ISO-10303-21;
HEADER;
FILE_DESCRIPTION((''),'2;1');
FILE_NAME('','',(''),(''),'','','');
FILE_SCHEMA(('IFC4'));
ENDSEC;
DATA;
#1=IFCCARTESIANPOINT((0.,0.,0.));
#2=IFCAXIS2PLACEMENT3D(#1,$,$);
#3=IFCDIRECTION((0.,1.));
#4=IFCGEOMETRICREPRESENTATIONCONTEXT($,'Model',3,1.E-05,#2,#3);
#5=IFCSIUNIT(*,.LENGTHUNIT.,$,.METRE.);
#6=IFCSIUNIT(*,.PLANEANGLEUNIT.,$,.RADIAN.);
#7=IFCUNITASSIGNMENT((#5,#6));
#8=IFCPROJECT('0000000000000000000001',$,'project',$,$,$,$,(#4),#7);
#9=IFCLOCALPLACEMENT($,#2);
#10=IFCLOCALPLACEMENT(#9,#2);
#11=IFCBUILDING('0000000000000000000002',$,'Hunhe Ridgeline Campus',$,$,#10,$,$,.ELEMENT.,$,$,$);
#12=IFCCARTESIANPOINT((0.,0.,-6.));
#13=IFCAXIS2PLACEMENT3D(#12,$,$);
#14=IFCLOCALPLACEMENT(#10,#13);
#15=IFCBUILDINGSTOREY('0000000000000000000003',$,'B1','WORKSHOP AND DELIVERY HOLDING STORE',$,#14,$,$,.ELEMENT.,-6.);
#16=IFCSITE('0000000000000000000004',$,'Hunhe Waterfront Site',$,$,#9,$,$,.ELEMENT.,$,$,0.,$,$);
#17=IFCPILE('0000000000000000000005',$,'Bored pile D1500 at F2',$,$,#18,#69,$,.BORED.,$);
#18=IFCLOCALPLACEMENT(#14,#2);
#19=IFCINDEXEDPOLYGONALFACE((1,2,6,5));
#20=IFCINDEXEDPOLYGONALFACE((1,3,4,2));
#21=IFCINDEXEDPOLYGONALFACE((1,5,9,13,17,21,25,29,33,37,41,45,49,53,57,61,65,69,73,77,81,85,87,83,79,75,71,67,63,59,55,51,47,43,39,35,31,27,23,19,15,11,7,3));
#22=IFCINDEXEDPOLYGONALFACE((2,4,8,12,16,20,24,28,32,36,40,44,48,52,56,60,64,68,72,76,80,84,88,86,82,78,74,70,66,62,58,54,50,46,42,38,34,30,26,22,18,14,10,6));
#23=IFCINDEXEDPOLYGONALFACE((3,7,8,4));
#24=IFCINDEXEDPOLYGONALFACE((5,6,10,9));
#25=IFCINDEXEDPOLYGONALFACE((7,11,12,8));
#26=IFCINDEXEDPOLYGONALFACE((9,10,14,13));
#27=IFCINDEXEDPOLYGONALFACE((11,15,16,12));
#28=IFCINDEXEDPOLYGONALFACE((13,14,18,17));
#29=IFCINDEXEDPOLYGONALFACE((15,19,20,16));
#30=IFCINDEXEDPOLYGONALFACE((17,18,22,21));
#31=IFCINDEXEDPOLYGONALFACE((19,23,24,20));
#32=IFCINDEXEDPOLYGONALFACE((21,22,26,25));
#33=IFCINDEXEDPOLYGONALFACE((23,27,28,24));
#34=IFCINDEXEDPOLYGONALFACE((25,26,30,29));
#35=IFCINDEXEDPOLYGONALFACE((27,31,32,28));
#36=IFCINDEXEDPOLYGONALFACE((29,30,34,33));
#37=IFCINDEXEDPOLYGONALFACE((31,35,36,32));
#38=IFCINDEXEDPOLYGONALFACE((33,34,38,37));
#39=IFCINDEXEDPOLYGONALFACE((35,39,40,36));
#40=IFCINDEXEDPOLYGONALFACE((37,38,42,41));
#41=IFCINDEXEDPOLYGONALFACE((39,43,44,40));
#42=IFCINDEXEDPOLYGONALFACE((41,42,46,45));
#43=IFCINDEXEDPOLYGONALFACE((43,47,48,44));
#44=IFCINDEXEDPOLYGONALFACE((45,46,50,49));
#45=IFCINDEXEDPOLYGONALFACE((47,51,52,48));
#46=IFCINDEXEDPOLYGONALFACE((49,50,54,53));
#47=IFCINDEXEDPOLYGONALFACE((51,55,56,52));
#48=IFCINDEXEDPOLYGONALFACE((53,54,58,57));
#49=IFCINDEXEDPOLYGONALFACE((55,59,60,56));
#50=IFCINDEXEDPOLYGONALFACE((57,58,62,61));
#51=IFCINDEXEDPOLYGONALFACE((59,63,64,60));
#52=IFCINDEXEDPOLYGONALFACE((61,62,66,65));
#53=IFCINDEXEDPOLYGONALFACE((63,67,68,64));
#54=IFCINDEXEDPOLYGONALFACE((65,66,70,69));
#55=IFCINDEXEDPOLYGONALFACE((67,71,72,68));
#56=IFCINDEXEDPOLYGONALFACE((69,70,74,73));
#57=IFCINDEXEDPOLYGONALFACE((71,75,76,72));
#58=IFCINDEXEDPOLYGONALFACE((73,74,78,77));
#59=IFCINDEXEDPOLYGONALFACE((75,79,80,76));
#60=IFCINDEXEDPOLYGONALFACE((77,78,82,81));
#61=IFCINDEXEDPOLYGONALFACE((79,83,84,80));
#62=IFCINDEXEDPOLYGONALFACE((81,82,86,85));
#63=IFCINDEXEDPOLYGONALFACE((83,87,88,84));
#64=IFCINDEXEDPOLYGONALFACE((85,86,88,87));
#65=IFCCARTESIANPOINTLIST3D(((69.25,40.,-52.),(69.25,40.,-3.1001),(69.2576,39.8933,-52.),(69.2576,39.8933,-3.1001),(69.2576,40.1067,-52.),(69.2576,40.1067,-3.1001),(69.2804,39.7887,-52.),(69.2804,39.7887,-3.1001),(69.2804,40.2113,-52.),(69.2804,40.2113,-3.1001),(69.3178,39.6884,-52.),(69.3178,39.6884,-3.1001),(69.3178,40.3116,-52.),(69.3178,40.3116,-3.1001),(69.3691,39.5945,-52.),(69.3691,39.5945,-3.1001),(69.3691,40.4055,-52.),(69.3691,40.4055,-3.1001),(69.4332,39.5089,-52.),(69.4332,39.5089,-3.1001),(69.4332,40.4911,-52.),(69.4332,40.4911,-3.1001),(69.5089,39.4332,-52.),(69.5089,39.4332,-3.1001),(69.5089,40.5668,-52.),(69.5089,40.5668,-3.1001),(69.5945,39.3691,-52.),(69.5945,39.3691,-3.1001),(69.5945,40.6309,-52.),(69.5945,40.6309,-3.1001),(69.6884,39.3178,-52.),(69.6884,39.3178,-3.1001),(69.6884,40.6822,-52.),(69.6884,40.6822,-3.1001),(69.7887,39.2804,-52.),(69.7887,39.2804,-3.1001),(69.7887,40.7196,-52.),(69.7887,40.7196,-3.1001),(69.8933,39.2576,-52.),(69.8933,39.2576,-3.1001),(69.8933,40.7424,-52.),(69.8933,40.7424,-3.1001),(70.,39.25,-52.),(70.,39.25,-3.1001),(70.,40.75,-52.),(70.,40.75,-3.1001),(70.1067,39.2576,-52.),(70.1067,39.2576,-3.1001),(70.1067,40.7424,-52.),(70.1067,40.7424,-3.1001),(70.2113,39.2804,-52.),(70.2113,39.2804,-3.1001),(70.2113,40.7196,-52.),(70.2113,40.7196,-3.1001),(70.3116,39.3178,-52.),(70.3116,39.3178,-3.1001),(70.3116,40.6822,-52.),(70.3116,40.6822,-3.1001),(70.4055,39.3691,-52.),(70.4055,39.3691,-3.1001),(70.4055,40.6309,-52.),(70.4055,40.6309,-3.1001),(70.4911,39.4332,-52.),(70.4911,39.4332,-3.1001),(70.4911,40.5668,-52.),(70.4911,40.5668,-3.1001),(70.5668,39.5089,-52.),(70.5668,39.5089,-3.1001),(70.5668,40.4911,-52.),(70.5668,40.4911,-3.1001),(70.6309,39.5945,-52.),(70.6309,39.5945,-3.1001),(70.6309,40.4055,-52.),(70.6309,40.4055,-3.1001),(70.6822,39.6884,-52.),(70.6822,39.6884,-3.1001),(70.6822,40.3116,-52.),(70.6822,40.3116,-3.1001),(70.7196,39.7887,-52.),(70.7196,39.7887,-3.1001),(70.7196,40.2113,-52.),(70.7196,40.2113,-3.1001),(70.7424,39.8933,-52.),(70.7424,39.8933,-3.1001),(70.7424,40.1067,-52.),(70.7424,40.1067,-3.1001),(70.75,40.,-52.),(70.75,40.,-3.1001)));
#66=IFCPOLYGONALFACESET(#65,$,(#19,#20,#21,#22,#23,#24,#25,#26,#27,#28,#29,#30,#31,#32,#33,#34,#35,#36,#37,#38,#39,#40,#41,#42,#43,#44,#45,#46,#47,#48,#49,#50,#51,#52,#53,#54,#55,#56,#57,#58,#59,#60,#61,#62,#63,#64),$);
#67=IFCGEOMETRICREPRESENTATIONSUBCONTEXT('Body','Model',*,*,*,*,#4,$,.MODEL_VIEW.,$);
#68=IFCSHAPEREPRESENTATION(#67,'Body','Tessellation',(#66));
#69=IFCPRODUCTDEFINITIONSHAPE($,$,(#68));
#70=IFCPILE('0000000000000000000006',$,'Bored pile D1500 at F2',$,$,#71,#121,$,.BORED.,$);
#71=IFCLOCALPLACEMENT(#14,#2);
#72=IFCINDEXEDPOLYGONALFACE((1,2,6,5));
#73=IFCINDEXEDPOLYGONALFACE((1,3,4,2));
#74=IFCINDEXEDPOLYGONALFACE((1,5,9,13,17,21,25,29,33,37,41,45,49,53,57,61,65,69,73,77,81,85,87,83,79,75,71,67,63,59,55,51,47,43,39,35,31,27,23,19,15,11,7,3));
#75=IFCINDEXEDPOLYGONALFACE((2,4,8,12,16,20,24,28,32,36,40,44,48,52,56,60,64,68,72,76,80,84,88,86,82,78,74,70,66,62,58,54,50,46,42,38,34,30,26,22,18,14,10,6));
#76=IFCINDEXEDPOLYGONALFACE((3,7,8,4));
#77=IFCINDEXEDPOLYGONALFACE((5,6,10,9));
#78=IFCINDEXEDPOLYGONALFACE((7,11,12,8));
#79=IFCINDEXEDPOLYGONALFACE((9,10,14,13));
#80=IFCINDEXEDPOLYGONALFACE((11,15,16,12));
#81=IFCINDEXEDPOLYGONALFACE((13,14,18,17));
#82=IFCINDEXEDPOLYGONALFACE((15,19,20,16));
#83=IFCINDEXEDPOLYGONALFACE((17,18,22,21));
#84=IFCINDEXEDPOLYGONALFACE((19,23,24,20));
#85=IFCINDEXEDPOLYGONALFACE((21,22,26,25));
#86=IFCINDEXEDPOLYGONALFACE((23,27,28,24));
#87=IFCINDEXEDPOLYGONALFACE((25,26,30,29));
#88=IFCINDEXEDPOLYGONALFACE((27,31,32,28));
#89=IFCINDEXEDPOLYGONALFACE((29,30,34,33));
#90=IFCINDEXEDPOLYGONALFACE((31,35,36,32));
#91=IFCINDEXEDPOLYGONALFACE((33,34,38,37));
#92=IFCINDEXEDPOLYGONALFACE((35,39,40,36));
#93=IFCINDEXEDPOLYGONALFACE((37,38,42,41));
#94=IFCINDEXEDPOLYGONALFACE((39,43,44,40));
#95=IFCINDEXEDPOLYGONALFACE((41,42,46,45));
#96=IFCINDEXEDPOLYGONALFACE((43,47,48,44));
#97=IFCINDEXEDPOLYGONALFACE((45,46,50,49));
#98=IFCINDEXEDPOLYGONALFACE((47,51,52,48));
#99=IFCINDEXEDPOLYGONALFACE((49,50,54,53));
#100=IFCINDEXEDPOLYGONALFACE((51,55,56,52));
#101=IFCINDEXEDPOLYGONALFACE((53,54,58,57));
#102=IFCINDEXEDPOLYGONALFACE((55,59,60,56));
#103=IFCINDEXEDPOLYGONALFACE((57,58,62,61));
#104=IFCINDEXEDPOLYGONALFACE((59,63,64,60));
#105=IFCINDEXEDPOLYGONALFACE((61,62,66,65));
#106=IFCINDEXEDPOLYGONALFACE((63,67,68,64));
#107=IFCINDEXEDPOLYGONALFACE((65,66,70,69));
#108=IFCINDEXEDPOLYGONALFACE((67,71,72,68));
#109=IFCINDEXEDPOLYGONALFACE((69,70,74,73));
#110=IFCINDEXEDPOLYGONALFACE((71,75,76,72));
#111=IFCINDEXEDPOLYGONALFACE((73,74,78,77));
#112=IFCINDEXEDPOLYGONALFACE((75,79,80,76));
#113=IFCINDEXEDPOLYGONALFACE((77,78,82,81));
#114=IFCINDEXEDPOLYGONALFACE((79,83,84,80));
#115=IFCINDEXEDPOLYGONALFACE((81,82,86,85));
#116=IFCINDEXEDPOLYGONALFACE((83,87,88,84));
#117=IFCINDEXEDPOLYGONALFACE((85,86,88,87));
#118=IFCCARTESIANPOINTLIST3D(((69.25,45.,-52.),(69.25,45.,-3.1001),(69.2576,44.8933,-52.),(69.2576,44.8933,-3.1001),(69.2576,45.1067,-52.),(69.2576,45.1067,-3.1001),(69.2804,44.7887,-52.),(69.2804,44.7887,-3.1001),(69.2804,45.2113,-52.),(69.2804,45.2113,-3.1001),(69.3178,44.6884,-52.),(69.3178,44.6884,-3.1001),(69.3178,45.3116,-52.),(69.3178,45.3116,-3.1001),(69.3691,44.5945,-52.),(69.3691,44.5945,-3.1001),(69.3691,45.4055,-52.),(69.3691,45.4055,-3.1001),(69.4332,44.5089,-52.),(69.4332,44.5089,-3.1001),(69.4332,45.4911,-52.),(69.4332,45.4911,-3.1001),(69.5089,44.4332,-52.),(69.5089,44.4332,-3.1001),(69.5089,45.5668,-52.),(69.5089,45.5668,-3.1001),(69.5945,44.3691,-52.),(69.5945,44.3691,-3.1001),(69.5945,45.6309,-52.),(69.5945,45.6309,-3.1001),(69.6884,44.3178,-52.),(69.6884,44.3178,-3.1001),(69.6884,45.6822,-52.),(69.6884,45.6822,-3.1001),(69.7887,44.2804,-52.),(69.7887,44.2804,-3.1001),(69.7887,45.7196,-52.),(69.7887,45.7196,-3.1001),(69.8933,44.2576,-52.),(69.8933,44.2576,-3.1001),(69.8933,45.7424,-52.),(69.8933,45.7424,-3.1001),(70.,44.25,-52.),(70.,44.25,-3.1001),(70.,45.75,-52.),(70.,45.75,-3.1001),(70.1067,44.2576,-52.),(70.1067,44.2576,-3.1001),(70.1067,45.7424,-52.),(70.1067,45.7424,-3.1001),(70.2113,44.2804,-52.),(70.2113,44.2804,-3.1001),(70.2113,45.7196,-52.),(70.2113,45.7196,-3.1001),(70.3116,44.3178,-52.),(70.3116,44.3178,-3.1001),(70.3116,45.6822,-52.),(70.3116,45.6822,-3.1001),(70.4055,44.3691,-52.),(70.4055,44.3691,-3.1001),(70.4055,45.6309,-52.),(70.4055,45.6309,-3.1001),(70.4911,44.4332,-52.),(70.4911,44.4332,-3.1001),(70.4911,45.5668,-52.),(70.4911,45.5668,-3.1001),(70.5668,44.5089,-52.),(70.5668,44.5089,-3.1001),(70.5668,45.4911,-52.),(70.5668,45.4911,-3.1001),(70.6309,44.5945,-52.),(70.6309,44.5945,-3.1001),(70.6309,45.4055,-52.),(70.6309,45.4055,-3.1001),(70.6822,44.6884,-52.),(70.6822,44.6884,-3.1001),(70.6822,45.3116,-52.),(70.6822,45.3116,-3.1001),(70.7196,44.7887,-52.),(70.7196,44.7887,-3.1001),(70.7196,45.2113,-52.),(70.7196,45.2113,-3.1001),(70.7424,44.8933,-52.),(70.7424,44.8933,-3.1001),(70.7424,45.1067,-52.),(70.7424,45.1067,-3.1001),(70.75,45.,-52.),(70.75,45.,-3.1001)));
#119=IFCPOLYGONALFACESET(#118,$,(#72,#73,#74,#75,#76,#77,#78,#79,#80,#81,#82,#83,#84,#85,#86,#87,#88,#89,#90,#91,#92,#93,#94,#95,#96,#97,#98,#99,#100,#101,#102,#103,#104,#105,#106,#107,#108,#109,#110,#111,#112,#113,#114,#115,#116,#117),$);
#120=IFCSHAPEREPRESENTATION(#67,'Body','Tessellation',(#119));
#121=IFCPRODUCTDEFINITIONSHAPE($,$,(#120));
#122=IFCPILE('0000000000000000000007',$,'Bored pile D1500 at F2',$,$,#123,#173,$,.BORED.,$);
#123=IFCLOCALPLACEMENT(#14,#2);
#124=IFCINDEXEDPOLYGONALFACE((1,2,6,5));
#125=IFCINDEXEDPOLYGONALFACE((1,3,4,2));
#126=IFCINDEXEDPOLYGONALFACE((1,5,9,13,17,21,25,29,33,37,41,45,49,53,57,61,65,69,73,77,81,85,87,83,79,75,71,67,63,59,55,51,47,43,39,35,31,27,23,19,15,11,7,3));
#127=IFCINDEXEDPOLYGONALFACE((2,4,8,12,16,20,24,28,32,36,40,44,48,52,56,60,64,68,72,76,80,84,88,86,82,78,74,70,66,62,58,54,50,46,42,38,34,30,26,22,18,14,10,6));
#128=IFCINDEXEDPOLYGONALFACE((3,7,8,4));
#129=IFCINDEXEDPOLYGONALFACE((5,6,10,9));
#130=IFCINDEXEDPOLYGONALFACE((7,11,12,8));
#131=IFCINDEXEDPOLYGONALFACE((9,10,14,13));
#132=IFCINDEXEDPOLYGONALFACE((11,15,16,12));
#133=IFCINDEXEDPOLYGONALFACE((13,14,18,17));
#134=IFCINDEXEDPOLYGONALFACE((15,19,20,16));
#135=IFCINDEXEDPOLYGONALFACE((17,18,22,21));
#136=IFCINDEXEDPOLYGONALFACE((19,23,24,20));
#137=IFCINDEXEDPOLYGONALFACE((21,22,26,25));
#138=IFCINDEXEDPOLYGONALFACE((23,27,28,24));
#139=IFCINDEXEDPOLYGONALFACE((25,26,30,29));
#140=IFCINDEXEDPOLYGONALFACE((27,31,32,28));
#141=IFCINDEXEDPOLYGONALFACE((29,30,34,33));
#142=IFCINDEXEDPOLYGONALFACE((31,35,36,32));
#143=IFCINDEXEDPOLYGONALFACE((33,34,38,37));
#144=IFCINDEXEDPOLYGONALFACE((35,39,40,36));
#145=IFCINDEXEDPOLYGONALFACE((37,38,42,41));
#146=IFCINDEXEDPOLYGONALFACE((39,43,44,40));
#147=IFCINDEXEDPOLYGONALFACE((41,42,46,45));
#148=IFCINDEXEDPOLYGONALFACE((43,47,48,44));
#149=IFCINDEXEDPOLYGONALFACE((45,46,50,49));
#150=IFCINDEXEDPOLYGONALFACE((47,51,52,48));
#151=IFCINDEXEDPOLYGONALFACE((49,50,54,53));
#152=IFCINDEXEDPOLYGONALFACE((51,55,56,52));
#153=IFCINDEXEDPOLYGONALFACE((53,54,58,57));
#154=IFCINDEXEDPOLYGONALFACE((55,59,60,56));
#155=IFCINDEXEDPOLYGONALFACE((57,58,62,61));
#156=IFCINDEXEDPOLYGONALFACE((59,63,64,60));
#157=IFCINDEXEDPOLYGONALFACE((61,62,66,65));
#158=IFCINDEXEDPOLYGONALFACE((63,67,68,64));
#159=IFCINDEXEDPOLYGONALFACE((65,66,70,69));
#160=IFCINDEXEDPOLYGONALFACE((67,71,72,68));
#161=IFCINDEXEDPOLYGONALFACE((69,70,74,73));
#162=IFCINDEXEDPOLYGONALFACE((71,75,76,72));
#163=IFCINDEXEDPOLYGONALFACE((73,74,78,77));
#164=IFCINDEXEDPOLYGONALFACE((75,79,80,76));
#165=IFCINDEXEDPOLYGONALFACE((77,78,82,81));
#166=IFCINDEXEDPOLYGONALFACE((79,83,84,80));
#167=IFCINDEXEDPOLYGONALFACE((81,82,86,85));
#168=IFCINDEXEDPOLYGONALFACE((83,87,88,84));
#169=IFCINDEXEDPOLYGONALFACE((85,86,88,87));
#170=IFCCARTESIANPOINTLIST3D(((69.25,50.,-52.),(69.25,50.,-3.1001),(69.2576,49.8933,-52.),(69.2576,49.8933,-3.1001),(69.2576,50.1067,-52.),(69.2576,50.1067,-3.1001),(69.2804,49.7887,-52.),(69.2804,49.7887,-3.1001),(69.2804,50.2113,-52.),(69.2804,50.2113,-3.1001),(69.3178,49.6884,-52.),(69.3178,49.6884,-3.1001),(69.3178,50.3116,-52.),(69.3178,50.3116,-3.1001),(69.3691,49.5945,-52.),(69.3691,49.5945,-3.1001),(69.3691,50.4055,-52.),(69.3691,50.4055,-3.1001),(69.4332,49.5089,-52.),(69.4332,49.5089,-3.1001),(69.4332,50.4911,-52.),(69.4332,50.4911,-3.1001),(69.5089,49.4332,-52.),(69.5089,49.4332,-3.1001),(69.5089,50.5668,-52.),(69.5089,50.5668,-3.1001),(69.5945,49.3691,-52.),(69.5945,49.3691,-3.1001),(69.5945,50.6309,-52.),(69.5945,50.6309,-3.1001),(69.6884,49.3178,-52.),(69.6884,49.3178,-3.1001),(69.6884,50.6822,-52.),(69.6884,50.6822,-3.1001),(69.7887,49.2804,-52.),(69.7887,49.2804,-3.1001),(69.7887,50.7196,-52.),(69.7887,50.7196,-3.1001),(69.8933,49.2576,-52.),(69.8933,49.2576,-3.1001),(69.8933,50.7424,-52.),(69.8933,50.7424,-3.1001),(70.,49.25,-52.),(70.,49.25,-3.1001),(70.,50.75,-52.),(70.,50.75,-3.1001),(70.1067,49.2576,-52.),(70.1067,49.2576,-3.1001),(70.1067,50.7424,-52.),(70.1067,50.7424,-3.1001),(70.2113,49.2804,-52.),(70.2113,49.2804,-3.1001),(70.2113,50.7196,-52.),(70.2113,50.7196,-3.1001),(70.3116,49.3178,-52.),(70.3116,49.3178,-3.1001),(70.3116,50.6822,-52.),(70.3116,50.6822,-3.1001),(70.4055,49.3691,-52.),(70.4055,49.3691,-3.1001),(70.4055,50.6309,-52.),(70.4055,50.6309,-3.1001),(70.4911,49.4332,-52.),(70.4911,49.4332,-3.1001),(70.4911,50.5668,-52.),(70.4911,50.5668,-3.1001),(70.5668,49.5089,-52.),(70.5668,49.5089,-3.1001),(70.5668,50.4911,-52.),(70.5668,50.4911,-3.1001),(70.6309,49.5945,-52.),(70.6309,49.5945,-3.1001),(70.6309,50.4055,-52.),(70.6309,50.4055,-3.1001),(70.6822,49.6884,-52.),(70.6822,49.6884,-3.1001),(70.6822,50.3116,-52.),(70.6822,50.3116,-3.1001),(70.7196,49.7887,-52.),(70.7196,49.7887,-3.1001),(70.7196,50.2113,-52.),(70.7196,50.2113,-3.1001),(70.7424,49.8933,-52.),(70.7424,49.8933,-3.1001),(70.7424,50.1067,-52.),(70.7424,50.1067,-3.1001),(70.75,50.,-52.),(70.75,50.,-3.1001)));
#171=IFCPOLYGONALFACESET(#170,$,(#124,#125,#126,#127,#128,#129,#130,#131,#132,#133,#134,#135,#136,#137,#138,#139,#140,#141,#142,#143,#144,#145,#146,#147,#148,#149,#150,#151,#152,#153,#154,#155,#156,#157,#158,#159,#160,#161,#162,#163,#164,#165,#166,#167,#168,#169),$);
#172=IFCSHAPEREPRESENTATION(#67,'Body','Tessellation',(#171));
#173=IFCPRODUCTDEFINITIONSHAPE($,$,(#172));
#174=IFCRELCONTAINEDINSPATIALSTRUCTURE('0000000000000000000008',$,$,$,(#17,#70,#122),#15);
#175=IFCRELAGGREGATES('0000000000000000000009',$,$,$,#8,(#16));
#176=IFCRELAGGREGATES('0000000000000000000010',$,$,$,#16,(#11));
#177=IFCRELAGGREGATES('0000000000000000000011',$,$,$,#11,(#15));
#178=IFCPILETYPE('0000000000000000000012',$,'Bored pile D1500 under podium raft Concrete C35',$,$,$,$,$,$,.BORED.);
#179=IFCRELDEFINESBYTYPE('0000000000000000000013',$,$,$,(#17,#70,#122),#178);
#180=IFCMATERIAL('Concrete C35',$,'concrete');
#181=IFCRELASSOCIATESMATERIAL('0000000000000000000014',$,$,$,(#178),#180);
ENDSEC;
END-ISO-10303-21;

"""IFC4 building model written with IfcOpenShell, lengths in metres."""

from ifc_helpers import new_model, si_unit, direction, frame, origin, origin_2d, place, context, subcontext, project, spatial, circle, extrude, material, material_profile, profile_set, type_object, element, save


model = new_model("IFC4")

# Units and contexts
model_context = context("Model", 3, precision=1e-05, world=origin(), true_north=direction((0.0, 1.0)))
body_context = subcontext(model_context, "Body", "Model", "MODEL_VIEW")
ifc_project = project(units=[si_unit("LENGTHUNIT", "METRE"), si_unit("PLANEANGLEUNIT", "RADIAN")], contexts=[model_context])

# Site, building, storey
site_placement = place(None, origin())
site = spatial("IfcSite", under=ifc_project, at=site_placement, Name="Hunhe Waterfront Site", CompositionType="ELEMENT", RefElevation=0.0)
building_placement = place(site_placement, origin())
building = spatial("IfcBuilding", under=site, at=building_placement, Name="Hunhe Ridgeline Campus", CompositionType="ELEMENT")
storey_placement = place(building_placement, frame((0.0, 0.0, -6.0)))
storey = spatial("IfcBuildingStorey", under=building, at=storey_placement, Name="B1", Description="WORKSHOP AND DELIVERY HOLDING STORE", CompositionType="ELEMENT", Elevation=-6.0)

# Piles
ifc_material_1 = material(Name="Concrete C35", Category="concrete")
ifc_material_profile_1 = material_profile(ifc_material_1, circle(Radius=0.75, at=origin_2d()))
ifc_profile_set_1 = profile_set([ifc_material_profile_1], Name="Concrete C35")
pile_type_1 = type_object("IfcPileType", Name="Bored pile D1500 under podium raft Concrete C35", PredefinedType="BORED", material=ifc_profile_set_1)
for number, where, z_axis, x_axis, name in (
    (1, (70.0, 40.0, -3.1001), (0.0, 0.0, -1.0), (1.0, 0.0, 0.0), "Bored pile D1500 at F2"),
    (2, (70.0, 45.0, -3.1001), (0.0, 0.0, -1.0), (1.0, 0.0, 0.0), "Bored pile D1500 at F2"),
    (3, (70.0, 50.0, -3.1001), (0.0, 0.0, -1.0), (1.0, 0.0, 0.0), "Bored pile D1500 at F2"),
):
    element("IfcPile", number, at=place(storey_placement, frame(where, z_axis=z_axis, x_axis=x_axis)), inside=storey, type_object=pile_type_1, Name=name, PredefinedType="BORED", context=body_context, shape_type="SweptSolid", body=[
        extrude(circle(Radius=0.75, at=origin_2d()), origin(), (0.0, 0.0, 1.0), 48.8999),
    ])

save(model, "model.ifc")
